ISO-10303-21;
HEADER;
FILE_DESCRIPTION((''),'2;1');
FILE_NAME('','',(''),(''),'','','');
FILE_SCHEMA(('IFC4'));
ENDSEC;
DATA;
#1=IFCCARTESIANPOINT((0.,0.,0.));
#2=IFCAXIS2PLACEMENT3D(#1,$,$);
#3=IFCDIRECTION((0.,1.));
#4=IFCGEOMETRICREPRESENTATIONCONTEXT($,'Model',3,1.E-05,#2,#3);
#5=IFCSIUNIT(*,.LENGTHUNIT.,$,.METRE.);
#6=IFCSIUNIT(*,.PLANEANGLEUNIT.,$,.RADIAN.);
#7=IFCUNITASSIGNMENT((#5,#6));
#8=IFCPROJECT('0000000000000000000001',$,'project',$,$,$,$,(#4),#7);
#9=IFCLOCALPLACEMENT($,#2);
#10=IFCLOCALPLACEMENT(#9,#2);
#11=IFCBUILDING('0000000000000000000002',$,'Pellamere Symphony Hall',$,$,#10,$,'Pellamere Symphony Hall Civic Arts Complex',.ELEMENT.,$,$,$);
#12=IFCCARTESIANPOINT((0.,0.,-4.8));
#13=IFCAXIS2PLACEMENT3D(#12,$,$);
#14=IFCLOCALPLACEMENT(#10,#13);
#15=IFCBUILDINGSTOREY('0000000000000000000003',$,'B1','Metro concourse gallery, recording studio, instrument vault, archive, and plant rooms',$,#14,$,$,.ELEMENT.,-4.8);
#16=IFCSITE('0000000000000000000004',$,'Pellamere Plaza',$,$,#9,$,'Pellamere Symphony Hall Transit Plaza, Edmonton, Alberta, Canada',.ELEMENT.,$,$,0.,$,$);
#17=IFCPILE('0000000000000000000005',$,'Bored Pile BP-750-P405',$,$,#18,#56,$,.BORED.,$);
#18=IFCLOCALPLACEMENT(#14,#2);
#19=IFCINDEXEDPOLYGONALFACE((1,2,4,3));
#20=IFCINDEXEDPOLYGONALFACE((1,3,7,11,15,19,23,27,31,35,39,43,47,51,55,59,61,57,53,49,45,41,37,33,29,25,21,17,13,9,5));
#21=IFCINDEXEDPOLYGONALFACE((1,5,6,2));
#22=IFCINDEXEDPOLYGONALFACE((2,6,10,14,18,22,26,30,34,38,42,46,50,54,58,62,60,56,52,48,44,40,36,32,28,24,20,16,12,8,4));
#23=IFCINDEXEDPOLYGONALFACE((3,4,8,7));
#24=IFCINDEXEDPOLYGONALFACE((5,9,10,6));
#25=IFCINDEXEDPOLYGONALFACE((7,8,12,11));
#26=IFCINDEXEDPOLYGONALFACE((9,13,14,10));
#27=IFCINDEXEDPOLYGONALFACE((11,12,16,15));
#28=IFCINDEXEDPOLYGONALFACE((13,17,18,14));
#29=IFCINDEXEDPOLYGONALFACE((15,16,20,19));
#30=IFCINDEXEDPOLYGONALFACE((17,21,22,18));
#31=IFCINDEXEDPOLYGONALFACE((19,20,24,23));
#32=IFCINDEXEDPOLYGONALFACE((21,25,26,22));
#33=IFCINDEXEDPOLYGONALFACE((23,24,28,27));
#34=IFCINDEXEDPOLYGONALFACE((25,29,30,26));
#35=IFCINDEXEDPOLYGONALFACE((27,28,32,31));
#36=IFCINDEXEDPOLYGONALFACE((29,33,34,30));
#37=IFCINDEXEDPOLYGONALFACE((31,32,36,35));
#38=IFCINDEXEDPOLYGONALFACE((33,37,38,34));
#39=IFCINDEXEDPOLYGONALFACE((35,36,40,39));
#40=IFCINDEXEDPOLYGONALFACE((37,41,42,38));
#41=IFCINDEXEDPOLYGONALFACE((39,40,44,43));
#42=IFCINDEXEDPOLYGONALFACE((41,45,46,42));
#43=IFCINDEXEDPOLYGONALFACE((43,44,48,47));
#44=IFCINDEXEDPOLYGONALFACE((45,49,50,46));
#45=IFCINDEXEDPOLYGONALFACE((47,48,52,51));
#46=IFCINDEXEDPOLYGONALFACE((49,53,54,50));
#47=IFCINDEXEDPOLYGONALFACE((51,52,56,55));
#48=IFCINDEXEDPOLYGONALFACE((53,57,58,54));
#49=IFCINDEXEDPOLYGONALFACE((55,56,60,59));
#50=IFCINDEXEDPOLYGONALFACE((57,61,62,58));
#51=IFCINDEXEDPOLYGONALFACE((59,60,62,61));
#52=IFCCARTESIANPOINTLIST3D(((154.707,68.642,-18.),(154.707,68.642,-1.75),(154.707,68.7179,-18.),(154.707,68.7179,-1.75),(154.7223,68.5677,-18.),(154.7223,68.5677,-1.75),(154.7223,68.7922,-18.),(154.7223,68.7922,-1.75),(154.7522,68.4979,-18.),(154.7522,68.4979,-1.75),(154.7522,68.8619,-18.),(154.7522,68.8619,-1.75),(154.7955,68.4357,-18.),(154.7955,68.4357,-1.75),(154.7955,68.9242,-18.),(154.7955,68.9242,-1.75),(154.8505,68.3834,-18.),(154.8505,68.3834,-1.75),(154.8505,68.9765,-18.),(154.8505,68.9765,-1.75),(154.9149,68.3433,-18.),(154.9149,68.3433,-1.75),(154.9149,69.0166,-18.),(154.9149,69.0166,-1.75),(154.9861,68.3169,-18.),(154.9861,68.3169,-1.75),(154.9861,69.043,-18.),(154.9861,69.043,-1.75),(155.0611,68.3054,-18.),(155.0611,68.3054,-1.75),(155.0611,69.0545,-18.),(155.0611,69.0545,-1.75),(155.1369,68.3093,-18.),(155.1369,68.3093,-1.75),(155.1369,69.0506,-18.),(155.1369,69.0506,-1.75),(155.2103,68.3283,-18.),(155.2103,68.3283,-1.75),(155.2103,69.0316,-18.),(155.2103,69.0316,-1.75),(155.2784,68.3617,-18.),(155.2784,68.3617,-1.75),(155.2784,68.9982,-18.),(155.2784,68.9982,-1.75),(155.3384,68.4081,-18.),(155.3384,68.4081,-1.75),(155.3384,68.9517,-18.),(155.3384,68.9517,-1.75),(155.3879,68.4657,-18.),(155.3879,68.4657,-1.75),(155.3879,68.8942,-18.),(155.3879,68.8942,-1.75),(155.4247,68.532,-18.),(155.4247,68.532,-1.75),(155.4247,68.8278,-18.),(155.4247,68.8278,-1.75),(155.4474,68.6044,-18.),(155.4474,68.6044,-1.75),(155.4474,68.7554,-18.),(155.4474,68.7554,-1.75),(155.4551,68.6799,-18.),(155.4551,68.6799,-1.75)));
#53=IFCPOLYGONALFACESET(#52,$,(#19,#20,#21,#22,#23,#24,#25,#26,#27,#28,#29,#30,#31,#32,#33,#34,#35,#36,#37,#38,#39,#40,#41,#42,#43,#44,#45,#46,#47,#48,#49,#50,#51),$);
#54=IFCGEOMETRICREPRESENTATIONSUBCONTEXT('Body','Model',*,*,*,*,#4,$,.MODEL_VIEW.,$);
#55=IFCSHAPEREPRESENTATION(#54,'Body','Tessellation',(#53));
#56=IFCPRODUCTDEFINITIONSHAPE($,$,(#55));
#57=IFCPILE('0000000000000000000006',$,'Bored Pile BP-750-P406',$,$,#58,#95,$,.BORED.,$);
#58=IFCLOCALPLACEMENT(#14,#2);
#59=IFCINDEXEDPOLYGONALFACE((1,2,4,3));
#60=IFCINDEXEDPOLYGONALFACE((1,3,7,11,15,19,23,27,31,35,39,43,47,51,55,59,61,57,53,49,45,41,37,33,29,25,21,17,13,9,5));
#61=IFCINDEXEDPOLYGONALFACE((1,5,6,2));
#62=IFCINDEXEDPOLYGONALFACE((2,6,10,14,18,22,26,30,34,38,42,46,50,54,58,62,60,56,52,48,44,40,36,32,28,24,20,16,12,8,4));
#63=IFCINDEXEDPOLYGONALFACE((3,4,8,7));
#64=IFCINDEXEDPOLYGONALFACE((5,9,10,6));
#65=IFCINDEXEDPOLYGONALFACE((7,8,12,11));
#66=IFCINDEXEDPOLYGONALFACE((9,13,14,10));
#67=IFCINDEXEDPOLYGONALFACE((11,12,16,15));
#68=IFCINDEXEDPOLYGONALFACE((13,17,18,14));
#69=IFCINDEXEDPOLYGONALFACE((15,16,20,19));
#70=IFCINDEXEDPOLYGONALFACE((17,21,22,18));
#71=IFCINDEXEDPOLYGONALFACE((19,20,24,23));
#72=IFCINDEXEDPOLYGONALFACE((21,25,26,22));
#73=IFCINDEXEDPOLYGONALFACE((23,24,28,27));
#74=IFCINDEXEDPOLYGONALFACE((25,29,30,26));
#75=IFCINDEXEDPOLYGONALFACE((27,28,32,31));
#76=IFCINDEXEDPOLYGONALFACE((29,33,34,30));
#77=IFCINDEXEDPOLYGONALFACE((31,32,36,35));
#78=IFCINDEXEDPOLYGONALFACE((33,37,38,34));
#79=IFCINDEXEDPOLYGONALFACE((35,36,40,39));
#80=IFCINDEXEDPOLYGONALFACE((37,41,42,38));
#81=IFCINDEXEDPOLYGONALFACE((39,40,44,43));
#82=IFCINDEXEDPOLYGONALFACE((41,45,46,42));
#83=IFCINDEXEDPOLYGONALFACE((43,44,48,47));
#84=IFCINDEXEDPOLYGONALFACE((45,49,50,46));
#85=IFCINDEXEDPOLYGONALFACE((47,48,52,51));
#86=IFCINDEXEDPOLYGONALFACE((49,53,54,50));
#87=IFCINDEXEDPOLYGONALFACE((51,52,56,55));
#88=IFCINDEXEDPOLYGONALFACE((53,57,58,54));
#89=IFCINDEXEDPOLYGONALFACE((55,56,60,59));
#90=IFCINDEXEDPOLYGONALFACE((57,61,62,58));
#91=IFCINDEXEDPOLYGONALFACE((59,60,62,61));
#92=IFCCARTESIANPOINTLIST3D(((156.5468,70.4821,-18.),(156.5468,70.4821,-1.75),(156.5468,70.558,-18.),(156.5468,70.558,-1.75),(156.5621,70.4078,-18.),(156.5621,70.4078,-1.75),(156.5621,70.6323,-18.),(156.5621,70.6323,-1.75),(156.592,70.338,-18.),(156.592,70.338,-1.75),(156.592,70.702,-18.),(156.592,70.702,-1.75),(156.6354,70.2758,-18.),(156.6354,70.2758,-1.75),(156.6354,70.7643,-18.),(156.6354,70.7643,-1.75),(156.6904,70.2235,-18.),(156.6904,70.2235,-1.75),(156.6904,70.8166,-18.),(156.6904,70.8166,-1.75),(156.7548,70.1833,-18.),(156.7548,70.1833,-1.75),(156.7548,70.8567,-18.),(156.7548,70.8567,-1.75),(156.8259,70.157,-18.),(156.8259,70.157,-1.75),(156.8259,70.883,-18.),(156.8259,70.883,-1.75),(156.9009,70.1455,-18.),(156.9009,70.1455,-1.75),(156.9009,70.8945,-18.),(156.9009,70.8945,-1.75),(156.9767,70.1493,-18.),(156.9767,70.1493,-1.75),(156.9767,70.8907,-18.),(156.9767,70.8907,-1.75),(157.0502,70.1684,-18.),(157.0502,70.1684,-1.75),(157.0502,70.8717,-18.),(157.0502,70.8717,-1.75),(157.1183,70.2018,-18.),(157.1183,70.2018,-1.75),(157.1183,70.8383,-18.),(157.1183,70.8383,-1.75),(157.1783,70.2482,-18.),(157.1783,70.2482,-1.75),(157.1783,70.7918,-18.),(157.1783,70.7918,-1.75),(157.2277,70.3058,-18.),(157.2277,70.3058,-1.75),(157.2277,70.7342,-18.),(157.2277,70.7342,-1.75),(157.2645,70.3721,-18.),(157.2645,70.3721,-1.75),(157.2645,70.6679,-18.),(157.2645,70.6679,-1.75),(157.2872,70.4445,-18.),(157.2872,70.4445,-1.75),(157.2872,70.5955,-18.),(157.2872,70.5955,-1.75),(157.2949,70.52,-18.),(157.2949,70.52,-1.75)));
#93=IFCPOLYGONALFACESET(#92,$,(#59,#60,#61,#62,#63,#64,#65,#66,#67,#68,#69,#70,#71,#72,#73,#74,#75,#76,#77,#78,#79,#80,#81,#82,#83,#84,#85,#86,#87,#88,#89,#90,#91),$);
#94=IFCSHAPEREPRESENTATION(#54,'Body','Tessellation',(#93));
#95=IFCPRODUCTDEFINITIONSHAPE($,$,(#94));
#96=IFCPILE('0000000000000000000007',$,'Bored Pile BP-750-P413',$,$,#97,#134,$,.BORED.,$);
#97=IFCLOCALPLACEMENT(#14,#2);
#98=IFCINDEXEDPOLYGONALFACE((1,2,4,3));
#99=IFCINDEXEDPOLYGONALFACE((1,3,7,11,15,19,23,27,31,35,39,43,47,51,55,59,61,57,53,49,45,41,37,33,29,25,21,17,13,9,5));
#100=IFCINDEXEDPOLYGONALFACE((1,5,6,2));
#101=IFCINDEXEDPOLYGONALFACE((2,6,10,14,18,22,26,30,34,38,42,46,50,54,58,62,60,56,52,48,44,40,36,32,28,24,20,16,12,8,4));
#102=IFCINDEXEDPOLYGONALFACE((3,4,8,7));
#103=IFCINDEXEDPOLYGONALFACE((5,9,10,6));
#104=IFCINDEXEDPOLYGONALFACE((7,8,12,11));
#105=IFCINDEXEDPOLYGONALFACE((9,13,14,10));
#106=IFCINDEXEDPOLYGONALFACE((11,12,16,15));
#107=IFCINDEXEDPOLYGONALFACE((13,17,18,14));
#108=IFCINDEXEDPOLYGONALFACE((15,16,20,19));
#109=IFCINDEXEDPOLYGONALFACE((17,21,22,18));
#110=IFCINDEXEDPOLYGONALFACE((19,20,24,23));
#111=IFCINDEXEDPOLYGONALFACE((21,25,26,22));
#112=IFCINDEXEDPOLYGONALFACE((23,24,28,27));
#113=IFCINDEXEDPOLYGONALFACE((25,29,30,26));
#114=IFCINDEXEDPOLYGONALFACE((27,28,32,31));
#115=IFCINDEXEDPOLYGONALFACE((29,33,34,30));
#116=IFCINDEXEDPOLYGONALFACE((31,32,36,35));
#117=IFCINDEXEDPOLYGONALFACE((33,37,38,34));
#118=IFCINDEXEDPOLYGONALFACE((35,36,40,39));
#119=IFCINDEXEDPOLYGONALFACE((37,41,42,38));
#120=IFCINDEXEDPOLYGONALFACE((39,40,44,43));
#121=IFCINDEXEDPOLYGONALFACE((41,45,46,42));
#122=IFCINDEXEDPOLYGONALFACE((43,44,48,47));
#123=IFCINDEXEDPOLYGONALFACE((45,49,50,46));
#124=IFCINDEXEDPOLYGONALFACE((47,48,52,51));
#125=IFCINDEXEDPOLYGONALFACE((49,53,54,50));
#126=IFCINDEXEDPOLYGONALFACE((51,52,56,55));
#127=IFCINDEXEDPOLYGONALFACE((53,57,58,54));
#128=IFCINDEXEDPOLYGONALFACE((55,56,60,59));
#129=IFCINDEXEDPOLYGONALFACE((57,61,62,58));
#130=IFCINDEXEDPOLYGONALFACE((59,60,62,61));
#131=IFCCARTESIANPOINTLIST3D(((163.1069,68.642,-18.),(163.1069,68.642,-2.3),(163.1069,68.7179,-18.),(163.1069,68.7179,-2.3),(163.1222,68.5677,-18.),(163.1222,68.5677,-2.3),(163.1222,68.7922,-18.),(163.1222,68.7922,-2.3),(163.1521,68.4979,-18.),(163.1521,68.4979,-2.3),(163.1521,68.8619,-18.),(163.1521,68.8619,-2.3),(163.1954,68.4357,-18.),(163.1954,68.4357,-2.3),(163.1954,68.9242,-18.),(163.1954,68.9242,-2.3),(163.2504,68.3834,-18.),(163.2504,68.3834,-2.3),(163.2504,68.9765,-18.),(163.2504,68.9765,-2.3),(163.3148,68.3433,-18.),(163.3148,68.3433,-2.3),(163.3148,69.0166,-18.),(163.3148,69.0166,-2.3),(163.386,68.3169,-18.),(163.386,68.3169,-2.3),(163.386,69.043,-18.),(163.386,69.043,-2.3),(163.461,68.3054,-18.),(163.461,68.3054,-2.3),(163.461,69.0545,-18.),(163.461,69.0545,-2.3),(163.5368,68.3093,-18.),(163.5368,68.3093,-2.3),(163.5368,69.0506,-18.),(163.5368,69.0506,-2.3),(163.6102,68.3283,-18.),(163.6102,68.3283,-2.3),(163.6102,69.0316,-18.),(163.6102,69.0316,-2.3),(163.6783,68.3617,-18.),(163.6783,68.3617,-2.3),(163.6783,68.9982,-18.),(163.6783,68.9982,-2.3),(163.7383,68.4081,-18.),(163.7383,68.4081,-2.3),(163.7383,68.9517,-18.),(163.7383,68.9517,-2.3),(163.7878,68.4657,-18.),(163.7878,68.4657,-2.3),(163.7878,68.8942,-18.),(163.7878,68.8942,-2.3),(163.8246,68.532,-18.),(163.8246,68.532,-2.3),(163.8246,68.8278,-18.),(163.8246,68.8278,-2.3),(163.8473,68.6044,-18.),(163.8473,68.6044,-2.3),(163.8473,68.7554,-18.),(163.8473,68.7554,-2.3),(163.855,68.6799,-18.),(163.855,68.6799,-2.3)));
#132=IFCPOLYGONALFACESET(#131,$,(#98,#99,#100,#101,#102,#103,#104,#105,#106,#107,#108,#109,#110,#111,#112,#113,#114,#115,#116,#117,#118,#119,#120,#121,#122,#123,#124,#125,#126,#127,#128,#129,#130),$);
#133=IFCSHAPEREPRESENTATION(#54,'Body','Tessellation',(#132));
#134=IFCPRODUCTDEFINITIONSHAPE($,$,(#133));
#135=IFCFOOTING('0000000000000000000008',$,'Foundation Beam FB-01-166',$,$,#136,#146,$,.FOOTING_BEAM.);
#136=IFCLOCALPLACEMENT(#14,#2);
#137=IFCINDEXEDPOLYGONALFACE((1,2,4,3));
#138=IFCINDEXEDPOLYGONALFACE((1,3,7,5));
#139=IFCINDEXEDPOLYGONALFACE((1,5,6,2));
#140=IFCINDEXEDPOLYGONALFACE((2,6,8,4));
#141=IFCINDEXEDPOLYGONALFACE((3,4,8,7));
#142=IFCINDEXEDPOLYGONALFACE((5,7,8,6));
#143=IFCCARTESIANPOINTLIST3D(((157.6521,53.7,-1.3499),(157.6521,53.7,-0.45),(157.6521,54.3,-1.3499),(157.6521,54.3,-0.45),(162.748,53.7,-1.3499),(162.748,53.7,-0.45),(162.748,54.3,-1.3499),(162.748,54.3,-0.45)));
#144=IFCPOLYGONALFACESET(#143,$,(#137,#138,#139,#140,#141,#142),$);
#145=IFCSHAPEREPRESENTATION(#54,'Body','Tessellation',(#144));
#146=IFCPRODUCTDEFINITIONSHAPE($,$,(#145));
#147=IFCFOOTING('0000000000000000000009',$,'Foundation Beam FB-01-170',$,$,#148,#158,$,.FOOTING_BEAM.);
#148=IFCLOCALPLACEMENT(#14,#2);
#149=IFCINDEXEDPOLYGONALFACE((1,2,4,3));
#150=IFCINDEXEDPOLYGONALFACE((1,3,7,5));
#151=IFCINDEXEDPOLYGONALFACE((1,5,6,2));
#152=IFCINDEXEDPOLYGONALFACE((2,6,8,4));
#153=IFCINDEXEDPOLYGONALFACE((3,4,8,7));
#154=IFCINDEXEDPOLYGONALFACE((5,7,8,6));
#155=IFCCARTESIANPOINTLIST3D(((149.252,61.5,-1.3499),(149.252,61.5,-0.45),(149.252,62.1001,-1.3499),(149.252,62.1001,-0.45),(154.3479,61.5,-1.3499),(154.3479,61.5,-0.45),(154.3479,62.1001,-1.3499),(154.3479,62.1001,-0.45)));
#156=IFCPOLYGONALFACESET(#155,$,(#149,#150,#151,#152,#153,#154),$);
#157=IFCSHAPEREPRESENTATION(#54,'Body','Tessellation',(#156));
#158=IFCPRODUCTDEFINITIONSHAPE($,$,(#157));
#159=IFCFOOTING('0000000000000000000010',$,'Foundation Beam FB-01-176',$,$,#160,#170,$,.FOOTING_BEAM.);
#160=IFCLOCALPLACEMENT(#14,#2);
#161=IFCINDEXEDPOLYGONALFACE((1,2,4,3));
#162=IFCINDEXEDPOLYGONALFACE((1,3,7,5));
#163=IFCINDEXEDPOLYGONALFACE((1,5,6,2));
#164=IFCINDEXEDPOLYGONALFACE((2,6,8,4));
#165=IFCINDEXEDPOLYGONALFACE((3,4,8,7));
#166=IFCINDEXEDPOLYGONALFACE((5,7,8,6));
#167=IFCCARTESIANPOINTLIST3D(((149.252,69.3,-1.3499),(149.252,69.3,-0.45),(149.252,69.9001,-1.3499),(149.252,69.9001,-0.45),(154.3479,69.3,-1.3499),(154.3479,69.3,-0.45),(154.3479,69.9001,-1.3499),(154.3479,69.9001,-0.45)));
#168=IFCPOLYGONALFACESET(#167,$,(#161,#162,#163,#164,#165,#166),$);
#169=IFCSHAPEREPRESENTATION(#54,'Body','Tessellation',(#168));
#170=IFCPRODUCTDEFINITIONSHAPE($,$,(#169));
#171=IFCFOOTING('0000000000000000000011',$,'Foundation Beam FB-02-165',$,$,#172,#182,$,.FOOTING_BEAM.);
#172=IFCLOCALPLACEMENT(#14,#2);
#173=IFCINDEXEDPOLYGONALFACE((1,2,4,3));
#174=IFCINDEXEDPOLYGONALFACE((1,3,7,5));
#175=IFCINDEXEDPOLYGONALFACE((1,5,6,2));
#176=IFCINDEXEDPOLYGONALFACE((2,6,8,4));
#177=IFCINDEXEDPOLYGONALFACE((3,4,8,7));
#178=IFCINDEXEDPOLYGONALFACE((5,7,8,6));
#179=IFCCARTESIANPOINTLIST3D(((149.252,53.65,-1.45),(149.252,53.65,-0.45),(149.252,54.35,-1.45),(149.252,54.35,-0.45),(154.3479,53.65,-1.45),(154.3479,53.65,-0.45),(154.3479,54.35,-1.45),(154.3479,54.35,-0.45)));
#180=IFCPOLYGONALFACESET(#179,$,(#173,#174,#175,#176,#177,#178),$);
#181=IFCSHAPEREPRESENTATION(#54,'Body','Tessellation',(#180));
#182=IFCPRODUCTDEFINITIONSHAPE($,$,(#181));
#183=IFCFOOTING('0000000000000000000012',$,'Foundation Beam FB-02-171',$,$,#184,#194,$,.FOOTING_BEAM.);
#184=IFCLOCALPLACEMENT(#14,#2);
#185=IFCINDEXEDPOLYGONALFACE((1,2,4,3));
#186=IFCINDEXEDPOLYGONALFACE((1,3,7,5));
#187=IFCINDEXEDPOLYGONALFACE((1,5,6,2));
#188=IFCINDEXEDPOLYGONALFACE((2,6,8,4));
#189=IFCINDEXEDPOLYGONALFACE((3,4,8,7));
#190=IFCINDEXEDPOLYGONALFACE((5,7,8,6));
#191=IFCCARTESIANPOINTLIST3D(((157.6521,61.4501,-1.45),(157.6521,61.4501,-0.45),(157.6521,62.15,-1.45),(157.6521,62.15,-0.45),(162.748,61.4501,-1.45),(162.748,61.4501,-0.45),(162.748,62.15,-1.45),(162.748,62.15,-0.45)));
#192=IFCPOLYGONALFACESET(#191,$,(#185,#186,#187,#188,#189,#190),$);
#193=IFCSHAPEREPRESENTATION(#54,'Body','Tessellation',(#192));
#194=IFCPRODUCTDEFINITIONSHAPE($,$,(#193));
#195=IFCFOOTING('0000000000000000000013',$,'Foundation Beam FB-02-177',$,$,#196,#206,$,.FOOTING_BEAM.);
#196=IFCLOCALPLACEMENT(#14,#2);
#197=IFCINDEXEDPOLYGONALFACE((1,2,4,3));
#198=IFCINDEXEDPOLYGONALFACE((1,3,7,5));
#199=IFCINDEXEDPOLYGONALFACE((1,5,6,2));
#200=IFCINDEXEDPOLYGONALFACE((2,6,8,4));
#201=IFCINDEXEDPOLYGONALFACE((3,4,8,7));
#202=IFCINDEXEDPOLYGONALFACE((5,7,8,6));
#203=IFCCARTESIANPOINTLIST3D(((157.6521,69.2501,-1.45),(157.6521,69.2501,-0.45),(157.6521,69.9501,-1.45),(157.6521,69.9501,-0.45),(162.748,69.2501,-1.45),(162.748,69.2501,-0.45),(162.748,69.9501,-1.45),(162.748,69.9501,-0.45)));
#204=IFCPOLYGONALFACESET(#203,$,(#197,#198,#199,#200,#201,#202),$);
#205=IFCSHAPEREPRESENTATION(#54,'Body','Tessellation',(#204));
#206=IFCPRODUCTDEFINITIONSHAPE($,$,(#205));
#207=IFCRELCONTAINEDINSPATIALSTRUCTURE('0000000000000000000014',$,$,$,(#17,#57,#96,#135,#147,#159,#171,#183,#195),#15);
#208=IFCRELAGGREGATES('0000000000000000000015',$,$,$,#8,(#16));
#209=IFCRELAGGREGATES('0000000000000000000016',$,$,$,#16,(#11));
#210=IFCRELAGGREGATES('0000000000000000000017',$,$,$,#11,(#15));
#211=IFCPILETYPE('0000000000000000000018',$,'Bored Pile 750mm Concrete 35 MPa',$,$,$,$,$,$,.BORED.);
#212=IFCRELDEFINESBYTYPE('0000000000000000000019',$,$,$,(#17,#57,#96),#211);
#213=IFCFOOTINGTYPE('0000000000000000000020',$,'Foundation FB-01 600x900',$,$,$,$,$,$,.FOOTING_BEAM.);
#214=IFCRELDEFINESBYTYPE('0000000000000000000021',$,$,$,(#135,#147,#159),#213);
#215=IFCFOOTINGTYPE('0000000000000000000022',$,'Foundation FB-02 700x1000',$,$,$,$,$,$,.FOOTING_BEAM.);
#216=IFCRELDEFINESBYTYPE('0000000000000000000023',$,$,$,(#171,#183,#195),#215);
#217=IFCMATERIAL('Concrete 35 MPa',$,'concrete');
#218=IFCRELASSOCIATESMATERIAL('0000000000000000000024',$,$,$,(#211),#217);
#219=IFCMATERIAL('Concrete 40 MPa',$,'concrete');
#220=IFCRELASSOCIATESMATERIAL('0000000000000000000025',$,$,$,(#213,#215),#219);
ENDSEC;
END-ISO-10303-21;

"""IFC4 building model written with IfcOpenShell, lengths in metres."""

from ifc_helpers import new_model, si_unit, direction, frame, origin, origin_2d, place, context, subcontext, project, spatial, rectangle, circle, extrude, material, material_profile, profile_set, type_object, element, save


model = new_model("IFC4")

# Units and contexts
model_context = context("Model", 3, precision=1e-05, world=origin(), true_north=direction((0.0, 1.0)))
body_context = subcontext(model_context, "Body", "Model", "MODEL_VIEW")
ifc_project = project(units=[si_unit("LENGTHUNIT", "METRE"), si_unit("PLANEANGLEUNIT", "RADIAN")], contexts=[model_context])

# Site, building, storey
site_placement = place(None, origin())
site = spatial("IfcSite", under=ifc_project, at=site_placement, Name="Pellamere Plaza", LongName="Pellamere Symphony Hall Transit Plaza, Edmonton, Alberta, Canada", CompositionType="ELEMENT", RefElevation=0.0)
building_placement = place(site_placement, origin())
building = spatial("IfcBuilding", under=site, at=building_placement, Name="Pellamere Symphony Hall", LongName="Pellamere Symphony Hall Civic Arts Complex", CompositionType="ELEMENT")
storey_placement = place(building_placement, frame((0.0, 0.0, -4.8)))
storey = spatial("IfcBuildingStorey", under=building, at=storey_placement, Name="B1", Description="Metro concourse gallery, recording studio, instrument vault, archive, and plant rooms", CompositionType="ELEMENT", Elevation=-4.8)

# Piles
ifc_material_1 = material(Name="Concrete 35 MPa", Category="concrete")
ifc_material_profile_1 = material_profile(ifc_material_1, circle(Radius=0.375, at=origin_2d()), Name="PILE D750")
ifc_profile_set_1 = profile_set([ifc_material_profile_1], Name="Concrete 35 MPa")
pile_type = type_object("IfcPileType", Name="Bored Pile 750mm Concrete 35 MPa", PredefinedType="BORED", material=ifc_profile_set_1)
for number, where, z_axis, x_axis, name in (
    (1, (155.0801, 68.6799, -1.75), (0.0, 0.0, -1.0), (1.0, 0.0, 0.0), "Bored Pile BP-750-P405"),
    (2, (156.9199, 70.52, -1.75), (0.0, 0.0, -1.0), (1.0, 0.0, 0.0), "Bored Pile BP-750-P406"),
):
    element("IfcPile", number, at=place(storey_placement, frame(where, z_axis=z_axis, x_axis=x_axis)), inside=storey, type_object=pile_type, Name=name, PredefinedType="BORED", context=body_context, shape_type="SweptSolid", body=[
        extrude(circle(Radius=0.375, at=origin_2d()), origin(), (0.0, 0.0, 1.0), 16.25),
    ])
pile_1_placement = place(storey_placement, frame((163.48, 68.6799, -2.3), z_axis=(0.0, 0.0, -1.0), x_axis=(1.0, 0.0, 0.0)))
element("IfcPile", 3, at=pile_1_placement, inside=storey, type_object=pile_type, Name="Bored Pile BP-750-P413", PredefinedType="BORED", context=body_context, shape_type="SweptSolid", body=[
    extrude(circle(Radius=0.375, at=origin_2d()), origin(), (0.0, 0.0, 1.0), 15.7),
])

# Footings
ifc_material_2 = material(Name="Concrete 40 MPa", Category="concrete")
ifc_material_profile_2 = material_profile(ifc_material_2, rectangle(XDim=0.6001, YDim=0.8999, at=origin_2d()), Name="RC 600x900")
ifc_profile_set_2 = profile_set([ifc_material_profile_2], Name="Concrete 40 MPa")
footing_type_1 = type_object("IfcFootingType", Name="Foundation FB-01 600x900", PredefinedType="FOOTING_BEAM", material=ifc_profile_set_2)
for number, where, z_axis, x_axis, name in (
    (4, (157.6521, 54.0, -0.8999), (1.0, 0.0, 0.0), (0.0, 1.0, 0.0), "Foundation Beam FB-01-166"),
    (5, (149.252, 61.8, -0.8999), (1.0, 0.0, 0.0), (0.0, 1.0, 0.0), "Foundation Beam FB-01-170"),
    (6, (149.252, 69.6001, -0.8999), (1.0, 0.0, 0.0), (0.0, 1.0, 0.0), "Foundation Beam FB-01-176"),
):
    element("IfcFooting", number, at=place(storey_placement, frame(where, z_axis=z_axis, x_axis=x_axis)), inside=storey, type_object=footing_type_1, Name=name, PredefinedType="FOOTING_BEAM", context=body_context, shape_type="SweptSolid", body=[
        extrude(rectangle(XDim=0.6001, YDim=0.8999, at=origin_2d()), origin(), (0.0, 0.0, 1.0), 5.0959),
    ])
ifc_material_profile_3 = material_profile(ifc_material_2, rectangle(XDim=0.7, YDim=1.0, at=origin_2d()), Name="RC 700x1000")
ifc_profile_set_3 = profile_set([ifc_material_profile_3], Name="Concrete 40 MPa")
footing_type_2 = type_object("IfcFootingType", Name="Foundation FB-02 700x1000", PredefinedType="FOOTING_BEAM", material=ifc_profile_set_3)
for number, where, z_axis, x_axis, name in (
    (7, (149.252, 54.0, -0.95), (1.0, 0.0, 0.0), (0.0, 1.0, 0.0), "Foundation Beam FB-02-165"),
    (8, (157.6521, 61.8, -0.95), (1.0, 0.0, 0.0), (0.0, 1.0, 0.0), "Foundation Beam FB-02-171"),
    (9, (157.6521, 69.6001, -0.95), (1.0, 0.0, 0.0), (0.0, 1.0, 0.0), "Foundation Beam FB-02-177"),
):
    element("IfcFooting", number, at=place(storey_placement, frame(where, z_axis=z_axis, x_axis=x_axis)), inside=storey, type_object=footing_type_2, Name=name, PredefinedType="FOOTING_BEAM", context=body_context, shape_type="SweptSolid", body=[
        extrude(rectangle(XDim=0.7, YDim=1.0, at=origin_2d()), origin(), (0.0, 0.0, 1.0), 5.0959),
    ])

save(model, "model.ifc")
